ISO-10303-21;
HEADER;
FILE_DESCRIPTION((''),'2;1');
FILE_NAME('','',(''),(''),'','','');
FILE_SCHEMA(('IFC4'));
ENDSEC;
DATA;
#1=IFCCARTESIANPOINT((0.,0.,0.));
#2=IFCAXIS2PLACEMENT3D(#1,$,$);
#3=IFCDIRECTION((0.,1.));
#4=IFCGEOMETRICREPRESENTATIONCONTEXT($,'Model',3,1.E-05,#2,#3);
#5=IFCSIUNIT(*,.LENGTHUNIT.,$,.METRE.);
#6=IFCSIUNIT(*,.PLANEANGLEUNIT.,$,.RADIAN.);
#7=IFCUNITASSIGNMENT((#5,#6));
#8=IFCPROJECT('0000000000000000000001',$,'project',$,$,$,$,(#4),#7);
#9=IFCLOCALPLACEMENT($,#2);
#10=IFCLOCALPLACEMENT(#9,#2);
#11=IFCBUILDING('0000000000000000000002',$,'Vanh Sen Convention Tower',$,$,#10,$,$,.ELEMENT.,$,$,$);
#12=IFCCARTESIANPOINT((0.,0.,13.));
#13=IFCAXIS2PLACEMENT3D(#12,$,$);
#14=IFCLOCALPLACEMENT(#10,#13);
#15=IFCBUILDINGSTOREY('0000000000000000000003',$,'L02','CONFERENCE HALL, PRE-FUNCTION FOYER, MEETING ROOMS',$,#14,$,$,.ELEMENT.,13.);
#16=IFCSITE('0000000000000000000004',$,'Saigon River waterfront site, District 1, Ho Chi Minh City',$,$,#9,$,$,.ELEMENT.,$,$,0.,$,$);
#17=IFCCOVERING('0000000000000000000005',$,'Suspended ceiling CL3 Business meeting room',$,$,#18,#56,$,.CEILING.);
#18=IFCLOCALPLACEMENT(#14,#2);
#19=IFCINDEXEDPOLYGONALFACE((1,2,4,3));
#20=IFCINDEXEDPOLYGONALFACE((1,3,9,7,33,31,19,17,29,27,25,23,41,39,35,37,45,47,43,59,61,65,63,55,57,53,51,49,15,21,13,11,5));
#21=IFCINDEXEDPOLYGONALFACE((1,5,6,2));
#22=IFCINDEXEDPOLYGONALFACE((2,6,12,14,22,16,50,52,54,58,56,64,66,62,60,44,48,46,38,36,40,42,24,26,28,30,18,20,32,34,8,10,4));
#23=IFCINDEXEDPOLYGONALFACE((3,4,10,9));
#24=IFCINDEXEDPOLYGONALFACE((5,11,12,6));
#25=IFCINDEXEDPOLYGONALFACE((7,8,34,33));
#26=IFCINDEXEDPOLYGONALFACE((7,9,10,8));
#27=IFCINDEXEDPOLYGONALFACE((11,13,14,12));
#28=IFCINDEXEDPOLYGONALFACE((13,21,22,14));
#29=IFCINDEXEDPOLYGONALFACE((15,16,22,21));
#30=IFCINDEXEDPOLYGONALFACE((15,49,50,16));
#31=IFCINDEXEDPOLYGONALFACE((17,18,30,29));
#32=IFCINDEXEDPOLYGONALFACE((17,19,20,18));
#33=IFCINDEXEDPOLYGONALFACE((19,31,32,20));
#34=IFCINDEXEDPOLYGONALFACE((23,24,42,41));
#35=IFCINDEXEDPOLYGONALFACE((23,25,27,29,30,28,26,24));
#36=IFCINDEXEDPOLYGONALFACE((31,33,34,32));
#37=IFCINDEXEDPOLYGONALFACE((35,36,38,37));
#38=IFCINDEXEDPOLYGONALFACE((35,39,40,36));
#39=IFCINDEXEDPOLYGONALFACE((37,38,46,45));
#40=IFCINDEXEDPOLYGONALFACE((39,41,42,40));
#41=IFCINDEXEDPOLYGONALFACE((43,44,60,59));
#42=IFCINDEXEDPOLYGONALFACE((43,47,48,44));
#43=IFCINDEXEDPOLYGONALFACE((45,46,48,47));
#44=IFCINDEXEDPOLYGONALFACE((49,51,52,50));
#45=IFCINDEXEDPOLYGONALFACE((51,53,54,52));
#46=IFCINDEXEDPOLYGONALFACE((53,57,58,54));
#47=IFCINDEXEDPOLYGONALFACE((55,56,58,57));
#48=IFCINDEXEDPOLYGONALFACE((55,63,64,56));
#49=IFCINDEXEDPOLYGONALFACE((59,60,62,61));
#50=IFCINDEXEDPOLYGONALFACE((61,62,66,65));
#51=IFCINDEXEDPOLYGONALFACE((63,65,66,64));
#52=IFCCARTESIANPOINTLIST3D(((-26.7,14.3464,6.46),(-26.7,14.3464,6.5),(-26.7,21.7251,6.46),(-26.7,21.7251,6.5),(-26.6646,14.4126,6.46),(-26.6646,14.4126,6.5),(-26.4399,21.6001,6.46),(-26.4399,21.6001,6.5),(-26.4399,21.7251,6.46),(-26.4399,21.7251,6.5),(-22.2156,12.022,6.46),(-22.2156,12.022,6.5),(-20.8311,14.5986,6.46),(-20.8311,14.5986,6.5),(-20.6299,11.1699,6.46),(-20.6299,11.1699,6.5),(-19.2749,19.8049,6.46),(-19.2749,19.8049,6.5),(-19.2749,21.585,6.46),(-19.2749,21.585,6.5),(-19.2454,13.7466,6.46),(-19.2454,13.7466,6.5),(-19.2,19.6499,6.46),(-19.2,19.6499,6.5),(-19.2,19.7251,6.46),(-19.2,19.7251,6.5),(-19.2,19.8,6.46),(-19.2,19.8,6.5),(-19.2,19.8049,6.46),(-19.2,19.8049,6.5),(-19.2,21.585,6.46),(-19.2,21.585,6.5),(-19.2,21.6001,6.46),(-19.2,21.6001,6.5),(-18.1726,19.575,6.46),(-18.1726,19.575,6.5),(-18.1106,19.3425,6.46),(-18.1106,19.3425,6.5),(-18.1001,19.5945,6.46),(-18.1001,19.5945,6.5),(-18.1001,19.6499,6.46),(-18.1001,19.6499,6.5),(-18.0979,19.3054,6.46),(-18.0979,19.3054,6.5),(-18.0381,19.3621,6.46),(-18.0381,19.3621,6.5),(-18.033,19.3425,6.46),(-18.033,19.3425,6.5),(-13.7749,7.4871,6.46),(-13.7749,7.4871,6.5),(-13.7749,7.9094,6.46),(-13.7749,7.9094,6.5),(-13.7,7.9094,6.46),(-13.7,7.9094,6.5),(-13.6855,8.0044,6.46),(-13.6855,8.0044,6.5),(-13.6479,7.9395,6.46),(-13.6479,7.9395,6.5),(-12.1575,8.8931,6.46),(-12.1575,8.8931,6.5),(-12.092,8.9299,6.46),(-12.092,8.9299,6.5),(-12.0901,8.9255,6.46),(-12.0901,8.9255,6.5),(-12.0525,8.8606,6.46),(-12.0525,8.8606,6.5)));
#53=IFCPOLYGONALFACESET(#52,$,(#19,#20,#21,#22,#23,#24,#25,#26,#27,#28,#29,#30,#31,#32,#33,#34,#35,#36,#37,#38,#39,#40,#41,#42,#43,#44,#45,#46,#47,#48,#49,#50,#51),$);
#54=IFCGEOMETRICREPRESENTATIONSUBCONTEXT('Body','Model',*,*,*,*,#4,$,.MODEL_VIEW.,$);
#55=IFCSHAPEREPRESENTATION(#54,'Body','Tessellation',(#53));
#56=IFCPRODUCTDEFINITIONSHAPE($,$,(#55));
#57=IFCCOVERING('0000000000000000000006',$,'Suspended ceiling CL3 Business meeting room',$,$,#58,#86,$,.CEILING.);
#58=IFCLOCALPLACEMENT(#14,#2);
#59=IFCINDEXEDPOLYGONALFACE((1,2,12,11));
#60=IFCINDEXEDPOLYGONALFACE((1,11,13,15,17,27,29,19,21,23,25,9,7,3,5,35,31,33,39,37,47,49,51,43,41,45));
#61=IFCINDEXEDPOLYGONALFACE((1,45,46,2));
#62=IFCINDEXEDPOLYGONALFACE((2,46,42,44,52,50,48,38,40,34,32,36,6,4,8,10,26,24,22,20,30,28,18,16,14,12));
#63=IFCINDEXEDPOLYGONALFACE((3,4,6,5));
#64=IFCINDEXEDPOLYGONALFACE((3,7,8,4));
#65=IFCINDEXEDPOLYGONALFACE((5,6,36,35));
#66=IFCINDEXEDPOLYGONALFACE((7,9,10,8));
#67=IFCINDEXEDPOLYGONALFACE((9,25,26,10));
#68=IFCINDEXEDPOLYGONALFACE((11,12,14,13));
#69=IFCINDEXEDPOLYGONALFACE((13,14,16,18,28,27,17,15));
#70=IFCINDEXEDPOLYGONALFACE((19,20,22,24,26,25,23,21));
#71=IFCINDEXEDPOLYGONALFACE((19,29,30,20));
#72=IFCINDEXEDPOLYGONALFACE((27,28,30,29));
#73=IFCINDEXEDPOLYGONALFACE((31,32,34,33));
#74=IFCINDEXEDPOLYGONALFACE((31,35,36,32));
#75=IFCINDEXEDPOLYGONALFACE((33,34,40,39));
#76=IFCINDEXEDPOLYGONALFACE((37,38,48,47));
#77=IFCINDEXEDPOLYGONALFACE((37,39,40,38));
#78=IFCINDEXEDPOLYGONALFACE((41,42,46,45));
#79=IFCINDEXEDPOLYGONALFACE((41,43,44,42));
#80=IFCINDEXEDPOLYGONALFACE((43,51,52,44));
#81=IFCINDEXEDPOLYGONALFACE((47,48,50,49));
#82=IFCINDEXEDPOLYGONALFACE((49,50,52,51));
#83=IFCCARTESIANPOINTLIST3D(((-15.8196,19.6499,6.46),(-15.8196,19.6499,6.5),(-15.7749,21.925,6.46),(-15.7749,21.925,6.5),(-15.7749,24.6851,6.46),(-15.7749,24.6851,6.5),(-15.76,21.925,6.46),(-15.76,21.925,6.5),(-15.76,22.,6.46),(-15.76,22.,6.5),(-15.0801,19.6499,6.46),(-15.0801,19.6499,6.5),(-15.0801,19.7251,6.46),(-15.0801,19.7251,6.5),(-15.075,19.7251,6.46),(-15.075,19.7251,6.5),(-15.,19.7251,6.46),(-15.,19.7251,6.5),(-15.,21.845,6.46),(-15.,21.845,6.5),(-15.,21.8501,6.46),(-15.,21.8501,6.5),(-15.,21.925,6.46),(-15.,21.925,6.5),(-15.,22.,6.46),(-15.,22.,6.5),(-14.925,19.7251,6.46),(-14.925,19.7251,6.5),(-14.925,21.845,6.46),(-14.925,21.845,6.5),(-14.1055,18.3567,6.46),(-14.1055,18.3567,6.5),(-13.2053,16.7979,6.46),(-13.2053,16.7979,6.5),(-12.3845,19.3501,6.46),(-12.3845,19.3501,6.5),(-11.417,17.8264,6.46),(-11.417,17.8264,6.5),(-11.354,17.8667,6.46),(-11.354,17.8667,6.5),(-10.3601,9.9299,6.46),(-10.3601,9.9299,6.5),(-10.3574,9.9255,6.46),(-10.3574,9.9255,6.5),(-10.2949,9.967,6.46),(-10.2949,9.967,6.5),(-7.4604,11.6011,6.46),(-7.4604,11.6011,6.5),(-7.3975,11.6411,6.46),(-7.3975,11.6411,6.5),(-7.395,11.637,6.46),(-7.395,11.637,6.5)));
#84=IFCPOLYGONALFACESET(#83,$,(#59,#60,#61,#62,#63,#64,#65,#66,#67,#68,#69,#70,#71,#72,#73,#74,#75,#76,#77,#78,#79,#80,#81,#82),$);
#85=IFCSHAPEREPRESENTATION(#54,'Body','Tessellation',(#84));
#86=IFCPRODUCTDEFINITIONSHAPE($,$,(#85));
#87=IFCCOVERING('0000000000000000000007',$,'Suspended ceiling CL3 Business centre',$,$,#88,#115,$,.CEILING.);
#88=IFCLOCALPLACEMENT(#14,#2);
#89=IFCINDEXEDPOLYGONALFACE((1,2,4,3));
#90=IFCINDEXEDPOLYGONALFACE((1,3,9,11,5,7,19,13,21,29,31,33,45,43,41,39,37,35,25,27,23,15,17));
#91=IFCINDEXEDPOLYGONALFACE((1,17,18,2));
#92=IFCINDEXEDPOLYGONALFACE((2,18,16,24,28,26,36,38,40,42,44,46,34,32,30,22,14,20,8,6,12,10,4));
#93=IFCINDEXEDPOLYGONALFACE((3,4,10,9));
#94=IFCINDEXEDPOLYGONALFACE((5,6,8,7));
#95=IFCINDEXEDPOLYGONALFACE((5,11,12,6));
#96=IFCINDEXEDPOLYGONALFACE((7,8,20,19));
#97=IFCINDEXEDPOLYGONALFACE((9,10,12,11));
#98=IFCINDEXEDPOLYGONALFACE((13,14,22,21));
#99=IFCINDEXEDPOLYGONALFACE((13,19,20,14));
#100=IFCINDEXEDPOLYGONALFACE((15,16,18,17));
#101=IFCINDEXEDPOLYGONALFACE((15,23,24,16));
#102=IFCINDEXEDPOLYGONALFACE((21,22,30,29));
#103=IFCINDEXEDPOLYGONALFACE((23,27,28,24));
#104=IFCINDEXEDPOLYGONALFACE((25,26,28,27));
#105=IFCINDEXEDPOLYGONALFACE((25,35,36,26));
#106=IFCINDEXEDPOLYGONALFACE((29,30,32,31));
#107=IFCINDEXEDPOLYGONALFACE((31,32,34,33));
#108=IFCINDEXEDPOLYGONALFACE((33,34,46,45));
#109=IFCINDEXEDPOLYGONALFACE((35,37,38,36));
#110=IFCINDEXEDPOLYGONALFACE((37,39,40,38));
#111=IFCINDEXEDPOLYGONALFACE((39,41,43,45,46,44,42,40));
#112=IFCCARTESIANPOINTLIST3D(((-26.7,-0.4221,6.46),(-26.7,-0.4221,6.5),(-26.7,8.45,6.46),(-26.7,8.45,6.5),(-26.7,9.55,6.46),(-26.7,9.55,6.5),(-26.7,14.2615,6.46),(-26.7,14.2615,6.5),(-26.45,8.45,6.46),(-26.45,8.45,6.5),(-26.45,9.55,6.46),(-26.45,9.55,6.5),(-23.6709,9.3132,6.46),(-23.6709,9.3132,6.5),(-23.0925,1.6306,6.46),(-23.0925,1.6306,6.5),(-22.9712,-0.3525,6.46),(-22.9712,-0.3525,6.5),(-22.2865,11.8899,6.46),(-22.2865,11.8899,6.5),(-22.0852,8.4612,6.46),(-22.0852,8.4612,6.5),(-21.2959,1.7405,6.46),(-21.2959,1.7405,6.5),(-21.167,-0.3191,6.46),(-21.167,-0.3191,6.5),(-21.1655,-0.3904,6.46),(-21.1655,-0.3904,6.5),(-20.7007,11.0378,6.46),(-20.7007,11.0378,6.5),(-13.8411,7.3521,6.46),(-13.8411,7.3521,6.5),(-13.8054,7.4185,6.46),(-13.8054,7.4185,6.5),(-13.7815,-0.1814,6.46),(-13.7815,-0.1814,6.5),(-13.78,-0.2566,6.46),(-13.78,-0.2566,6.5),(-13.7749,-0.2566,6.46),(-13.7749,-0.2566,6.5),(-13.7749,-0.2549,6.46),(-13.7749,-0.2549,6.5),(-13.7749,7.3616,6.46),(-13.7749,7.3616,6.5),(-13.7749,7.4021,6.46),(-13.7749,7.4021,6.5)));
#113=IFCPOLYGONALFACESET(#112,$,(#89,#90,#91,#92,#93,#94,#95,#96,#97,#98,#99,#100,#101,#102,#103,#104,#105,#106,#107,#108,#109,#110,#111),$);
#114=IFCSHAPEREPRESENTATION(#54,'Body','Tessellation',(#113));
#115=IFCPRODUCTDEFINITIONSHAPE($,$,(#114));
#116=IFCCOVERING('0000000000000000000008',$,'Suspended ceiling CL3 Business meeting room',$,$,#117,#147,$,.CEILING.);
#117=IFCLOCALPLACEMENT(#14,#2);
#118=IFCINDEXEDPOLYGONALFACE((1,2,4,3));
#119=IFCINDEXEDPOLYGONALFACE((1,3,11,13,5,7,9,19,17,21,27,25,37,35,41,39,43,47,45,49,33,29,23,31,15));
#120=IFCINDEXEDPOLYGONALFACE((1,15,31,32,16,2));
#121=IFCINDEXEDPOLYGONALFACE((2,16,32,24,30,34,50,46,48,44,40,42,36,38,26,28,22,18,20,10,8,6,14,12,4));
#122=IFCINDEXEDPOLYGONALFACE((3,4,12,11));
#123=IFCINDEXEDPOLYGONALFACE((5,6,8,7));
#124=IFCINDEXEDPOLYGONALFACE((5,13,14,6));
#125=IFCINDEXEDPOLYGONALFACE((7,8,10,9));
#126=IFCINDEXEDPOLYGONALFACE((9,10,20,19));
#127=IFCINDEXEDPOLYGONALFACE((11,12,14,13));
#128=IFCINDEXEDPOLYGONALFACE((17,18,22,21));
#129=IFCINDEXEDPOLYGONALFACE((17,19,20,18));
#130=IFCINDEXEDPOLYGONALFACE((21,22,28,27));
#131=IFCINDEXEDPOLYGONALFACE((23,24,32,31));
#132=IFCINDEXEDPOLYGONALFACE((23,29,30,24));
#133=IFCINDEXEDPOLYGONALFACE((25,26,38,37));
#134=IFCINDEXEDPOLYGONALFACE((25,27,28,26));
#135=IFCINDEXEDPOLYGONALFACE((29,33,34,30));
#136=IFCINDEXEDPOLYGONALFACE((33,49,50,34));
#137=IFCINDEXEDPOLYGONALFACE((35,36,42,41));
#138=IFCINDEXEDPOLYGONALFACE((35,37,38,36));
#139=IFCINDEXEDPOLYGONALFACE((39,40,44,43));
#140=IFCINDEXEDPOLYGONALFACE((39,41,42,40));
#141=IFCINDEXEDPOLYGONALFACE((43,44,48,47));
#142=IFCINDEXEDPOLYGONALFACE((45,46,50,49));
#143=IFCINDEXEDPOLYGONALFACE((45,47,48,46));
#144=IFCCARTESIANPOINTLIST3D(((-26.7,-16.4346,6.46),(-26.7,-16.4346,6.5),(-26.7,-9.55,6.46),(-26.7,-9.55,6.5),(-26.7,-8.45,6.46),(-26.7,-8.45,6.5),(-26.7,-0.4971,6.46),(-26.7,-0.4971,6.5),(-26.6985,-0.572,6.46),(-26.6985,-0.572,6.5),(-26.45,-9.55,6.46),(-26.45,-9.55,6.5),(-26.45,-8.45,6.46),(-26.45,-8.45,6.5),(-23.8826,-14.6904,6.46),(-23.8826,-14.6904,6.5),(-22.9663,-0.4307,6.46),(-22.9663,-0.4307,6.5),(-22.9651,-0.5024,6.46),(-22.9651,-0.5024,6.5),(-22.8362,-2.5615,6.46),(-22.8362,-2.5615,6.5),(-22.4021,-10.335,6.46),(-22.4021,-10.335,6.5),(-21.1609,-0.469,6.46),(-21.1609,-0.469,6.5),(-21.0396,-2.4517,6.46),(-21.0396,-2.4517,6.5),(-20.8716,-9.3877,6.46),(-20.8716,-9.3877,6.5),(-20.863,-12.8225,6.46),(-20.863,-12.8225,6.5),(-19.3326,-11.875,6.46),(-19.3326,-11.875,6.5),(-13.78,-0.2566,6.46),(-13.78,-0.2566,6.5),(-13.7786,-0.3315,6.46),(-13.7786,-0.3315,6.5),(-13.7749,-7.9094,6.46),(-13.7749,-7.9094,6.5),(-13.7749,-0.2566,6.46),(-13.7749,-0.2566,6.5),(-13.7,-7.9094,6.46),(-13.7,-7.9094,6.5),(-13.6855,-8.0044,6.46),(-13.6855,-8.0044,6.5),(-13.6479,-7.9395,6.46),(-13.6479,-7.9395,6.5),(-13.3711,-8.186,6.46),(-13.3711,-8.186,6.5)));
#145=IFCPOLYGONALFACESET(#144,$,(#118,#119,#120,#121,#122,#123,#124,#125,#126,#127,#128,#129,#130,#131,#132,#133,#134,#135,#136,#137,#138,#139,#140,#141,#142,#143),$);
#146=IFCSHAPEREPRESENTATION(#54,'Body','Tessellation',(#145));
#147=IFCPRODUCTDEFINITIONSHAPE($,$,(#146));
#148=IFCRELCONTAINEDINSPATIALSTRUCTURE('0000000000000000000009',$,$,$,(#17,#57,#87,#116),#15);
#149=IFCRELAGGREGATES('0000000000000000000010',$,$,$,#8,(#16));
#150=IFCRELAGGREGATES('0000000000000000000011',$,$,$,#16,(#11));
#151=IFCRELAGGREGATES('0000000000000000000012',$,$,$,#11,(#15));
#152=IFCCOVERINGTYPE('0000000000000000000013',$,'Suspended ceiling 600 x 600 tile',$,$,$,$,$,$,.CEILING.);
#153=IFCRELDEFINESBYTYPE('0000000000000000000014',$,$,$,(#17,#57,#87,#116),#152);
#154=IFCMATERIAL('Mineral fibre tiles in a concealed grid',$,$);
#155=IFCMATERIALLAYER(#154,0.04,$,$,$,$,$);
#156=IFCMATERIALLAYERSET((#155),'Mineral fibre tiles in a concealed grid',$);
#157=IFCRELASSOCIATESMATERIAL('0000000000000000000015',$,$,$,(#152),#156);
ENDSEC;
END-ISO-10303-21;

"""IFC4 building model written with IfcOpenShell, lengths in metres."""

from ifc_helpers import new_model, si_unit, direction, frame, origin, place, context, subcontext, project, spatial, polyline, outline, extrude, material, layer, layer_set, type_object, element, save


model = new_model("IFC4")

# Units and contexts
model_context = context("Model", 3, precision=1e-05, world=origin(), true_north=direction((0.0, 1.0)))
body_context = subcontext(model_context, "Body", "Model", "MODEL_VIEW")
ifc_project = project(units=[si_unit("LENGTHUNIT", "METRE"), si_unit("PLANEANGLEUNIT", "RADIAN")], contexts=[model_context])

# Site, building, storey
site_placement = place(None, origin())
site = spatial("IfcSite", under=ifc_project, at=site_placement, Name="Saigon River waterfront site, District 1, Ho Chi Minh City", CompositionType="ELEMENT", RefElevation=0.0)
building_placement = place(site_placement, origin())
building = spatial("IfcBuilding", under=site, at=building_placement, Name="Vanh Sen Convention Tower", CompositionType="ELEMENT")
storey_placement = place(building_placement, frame((0.0, 0.0, 13.0)))
storey = spatial("IfcBuildingStorey", under=building, at=storey_placement, Name="L02", Description="CONFERENCE HALL, PRE-FUNCTION FOYER, MEETING ROOMS", CompositionType="ELEMENT", Elevation=13.0)

# Coverings
ifc_material_1 = material(Name="Mineral fibre tiles in a concealed grid")
ifc_layer_1 = layer(ifc_material_1, 0.04)
ifc_layer_set_1 = layer_set([ifc_layer_1], Name="Mineral fibre tiles in a concealed grid")
covering_type = type_object("IfcCoveringType", Name="Suspended ceiling 600 x 600 tile", PredefinedType="CEILING", material=ifc_layer_set_1)
covering_1_placement = place(storey_placement, frame((0.0, 0.0, 6.46)))
element("IfcCovering", 1, at=covering_1_placement, inside=storey, type_object=covering_type, Name="Suspended ceiling CL3 Business meeting room", PredefinedType="CEILING", context=body_context, shape_type="SweptSolid", body=[
    extrude(outline(polyline([(-26.4399, 21.6001), (-26.4399, 21.7251), (-26.7, 21.7251), (-26.7, 14.3464), (-26.6646, 14.4126), (-22.2156, 12.022), (-20.8311, 14.5986), (-19.2454, 13.7466), (-20.6299, 11.1699), (-13.7749, 7.4871), (-13.7749, 7.9094), (-13.7, 7.9094), (-13.6479, 7.9395), (-13.6855, 8.0044), (-12.0901, 8.9255), (-12.0525, 8.8606), (-12.092, 8.9299), (-12.1575, 8.8931), (-18.0979, 19.3054), (-18.033, 19.3425), (-18.0381, 19.3621), (-18.1106, 19.3425), (-18.1726, 19.575), (-18.1001, 19.5945), (-18.1001, 19.6499), (-19.2, 19.6499), (-19.2, 19.7251), (-19.2, 19.8), (-19.2, 19.8049), (-19.2749, 19.8049), (-19.2749, 21.585), (-19.2, 21.585), (-19.2, 21.6001), (-26.4399, 21.6001)])), origin(), (0.0, 0.0, 1.0), 0.04),
])
covering_2_placement = place(storey_placement, frame((0.0, 0.0, 6.46)))
element("IfcCovering", 2, at=covering_2_placement, inside=storey, type_object=covering_type, Name="Suspended ceiling CL3 Business meeting room", PredefinedType="CEILING", context=body_context, shape_type="SweptSolid", body=[
    extrude(outline(polyline([(-11.417, 17.8264), (-11.354, 17.8667), (-13.2053, 16.7979), (-14.1055, 18.3567), (-12.3845, 19.3501), (-15.7749, 24.6851), (-15.7749, 21.925), (-15.76, 21.925), (-15.76, 22.0), (-15.0, 22.0), (-15.0, 21.925), (-15.0, 21.8501), (-15.0, 21.845), (-14.925, 21.845), (-14.925, 19.7251), (-15.0, 19.7251), (-15.075, 19.7251), (-15.0801, 19.7251), (-15.0801, 19.6499), (-15.8196, 19.6499), (-10.2949, 9.967), (-10.3601, 9.9299), (-10.3574, 9.9255), (-7.395, 11.637), (-7.3975, 11.6411), (-7.4604, 11.6011), (-11.417, 17.8264)])), origin(), (0.0, 0.0, 1.0), 0.04),
])
covering_3_placement = place(storey_placement, frame((0.0, 0.0, 6.46)))
element("IfcCovering", 3, at=covering_3_placement, inside=storey, type_object=covering_type, Name="Suspended ceiling CL3 Business centre", PredefinedType="CEILING", context=body_context, shape_type="SweptSolid", body=[
    extrude(outline(polyline([(-13.7815, -0.1814), (-13.78, -0.2566), (-13.7749, -0.2566), (-13.7749, -0.2549), (-13.7749, 7.3616), (-13.7749, 7.4021), (-13.8054, 7.4185), (-13.8411, 7.3521), (-20.7007, 11.0378), (-22.0852, 8.4612), (-23.6709, 9.3132), (-22.251, 11.9561), (-22.251, 11.9561), (-22.2866, 11.8899), (-26.7, 14.2615), (-26.7, 9.55), (-26.45, 9.55), (-26.45, 8.45), (-26.7, 8.45), (-26.7, -0.4221), (-22.9712, -0.3525), (-23.0925, 1.6306), (-21.2959, 1.7405), (-21.1655, -0.3904), (-21.167, -0.3191), (-13.7815, -0.1814)])), origin(), (0.0, 0.0, 1.0), 0.04),
])
covering_4_placement = place(storey_placement, frame((0.0, 0.0, 6.46)))
element("IfcCovering", 4, at=covering_4_placement, inside=storey, type_object=covering_type, Name="Suspended ceiling CL3 Business meeting room", PredefinedType="CEILING", context=body_context, shape_type="SweptSolid", body=[
    extrude(outline(polyline([(-13.6855, -8.0044), (-13.6479, -7.9395), (-13.7, -7.9094), (-13.7749, -7.9094), (-13.7749, -0.2566), (-13.78, -0.2566), (-13.7786, -0.3315), (-21.1609, -0.469), (-21.0396, -2.4517), (-22.8362, -2.5615), (-22.9663, -0.4307), (-22.9651, -0.5024), (-26.6985, -0.572), (-26.7, -0.4971), (-26.7, -8.45), (-26.45, -8.45), (-26.45, -9.55), (-26.7, -9.55), (-26.7, -16.4346), (-23.8826, -14.6904), (-20.863, -12.8225), (-20.8545, -12.8362), (-22.4021, -10.335), (-20.8716, -9.3877), (-19.3169, -11.9004), (-19.3325, -11.875), (-13.3711, -8.186), (-13.6855, -8.0044)])), origin(), (0.0, 0.0, 1.0), 0.04),
])

save(model, "model.ifc")
